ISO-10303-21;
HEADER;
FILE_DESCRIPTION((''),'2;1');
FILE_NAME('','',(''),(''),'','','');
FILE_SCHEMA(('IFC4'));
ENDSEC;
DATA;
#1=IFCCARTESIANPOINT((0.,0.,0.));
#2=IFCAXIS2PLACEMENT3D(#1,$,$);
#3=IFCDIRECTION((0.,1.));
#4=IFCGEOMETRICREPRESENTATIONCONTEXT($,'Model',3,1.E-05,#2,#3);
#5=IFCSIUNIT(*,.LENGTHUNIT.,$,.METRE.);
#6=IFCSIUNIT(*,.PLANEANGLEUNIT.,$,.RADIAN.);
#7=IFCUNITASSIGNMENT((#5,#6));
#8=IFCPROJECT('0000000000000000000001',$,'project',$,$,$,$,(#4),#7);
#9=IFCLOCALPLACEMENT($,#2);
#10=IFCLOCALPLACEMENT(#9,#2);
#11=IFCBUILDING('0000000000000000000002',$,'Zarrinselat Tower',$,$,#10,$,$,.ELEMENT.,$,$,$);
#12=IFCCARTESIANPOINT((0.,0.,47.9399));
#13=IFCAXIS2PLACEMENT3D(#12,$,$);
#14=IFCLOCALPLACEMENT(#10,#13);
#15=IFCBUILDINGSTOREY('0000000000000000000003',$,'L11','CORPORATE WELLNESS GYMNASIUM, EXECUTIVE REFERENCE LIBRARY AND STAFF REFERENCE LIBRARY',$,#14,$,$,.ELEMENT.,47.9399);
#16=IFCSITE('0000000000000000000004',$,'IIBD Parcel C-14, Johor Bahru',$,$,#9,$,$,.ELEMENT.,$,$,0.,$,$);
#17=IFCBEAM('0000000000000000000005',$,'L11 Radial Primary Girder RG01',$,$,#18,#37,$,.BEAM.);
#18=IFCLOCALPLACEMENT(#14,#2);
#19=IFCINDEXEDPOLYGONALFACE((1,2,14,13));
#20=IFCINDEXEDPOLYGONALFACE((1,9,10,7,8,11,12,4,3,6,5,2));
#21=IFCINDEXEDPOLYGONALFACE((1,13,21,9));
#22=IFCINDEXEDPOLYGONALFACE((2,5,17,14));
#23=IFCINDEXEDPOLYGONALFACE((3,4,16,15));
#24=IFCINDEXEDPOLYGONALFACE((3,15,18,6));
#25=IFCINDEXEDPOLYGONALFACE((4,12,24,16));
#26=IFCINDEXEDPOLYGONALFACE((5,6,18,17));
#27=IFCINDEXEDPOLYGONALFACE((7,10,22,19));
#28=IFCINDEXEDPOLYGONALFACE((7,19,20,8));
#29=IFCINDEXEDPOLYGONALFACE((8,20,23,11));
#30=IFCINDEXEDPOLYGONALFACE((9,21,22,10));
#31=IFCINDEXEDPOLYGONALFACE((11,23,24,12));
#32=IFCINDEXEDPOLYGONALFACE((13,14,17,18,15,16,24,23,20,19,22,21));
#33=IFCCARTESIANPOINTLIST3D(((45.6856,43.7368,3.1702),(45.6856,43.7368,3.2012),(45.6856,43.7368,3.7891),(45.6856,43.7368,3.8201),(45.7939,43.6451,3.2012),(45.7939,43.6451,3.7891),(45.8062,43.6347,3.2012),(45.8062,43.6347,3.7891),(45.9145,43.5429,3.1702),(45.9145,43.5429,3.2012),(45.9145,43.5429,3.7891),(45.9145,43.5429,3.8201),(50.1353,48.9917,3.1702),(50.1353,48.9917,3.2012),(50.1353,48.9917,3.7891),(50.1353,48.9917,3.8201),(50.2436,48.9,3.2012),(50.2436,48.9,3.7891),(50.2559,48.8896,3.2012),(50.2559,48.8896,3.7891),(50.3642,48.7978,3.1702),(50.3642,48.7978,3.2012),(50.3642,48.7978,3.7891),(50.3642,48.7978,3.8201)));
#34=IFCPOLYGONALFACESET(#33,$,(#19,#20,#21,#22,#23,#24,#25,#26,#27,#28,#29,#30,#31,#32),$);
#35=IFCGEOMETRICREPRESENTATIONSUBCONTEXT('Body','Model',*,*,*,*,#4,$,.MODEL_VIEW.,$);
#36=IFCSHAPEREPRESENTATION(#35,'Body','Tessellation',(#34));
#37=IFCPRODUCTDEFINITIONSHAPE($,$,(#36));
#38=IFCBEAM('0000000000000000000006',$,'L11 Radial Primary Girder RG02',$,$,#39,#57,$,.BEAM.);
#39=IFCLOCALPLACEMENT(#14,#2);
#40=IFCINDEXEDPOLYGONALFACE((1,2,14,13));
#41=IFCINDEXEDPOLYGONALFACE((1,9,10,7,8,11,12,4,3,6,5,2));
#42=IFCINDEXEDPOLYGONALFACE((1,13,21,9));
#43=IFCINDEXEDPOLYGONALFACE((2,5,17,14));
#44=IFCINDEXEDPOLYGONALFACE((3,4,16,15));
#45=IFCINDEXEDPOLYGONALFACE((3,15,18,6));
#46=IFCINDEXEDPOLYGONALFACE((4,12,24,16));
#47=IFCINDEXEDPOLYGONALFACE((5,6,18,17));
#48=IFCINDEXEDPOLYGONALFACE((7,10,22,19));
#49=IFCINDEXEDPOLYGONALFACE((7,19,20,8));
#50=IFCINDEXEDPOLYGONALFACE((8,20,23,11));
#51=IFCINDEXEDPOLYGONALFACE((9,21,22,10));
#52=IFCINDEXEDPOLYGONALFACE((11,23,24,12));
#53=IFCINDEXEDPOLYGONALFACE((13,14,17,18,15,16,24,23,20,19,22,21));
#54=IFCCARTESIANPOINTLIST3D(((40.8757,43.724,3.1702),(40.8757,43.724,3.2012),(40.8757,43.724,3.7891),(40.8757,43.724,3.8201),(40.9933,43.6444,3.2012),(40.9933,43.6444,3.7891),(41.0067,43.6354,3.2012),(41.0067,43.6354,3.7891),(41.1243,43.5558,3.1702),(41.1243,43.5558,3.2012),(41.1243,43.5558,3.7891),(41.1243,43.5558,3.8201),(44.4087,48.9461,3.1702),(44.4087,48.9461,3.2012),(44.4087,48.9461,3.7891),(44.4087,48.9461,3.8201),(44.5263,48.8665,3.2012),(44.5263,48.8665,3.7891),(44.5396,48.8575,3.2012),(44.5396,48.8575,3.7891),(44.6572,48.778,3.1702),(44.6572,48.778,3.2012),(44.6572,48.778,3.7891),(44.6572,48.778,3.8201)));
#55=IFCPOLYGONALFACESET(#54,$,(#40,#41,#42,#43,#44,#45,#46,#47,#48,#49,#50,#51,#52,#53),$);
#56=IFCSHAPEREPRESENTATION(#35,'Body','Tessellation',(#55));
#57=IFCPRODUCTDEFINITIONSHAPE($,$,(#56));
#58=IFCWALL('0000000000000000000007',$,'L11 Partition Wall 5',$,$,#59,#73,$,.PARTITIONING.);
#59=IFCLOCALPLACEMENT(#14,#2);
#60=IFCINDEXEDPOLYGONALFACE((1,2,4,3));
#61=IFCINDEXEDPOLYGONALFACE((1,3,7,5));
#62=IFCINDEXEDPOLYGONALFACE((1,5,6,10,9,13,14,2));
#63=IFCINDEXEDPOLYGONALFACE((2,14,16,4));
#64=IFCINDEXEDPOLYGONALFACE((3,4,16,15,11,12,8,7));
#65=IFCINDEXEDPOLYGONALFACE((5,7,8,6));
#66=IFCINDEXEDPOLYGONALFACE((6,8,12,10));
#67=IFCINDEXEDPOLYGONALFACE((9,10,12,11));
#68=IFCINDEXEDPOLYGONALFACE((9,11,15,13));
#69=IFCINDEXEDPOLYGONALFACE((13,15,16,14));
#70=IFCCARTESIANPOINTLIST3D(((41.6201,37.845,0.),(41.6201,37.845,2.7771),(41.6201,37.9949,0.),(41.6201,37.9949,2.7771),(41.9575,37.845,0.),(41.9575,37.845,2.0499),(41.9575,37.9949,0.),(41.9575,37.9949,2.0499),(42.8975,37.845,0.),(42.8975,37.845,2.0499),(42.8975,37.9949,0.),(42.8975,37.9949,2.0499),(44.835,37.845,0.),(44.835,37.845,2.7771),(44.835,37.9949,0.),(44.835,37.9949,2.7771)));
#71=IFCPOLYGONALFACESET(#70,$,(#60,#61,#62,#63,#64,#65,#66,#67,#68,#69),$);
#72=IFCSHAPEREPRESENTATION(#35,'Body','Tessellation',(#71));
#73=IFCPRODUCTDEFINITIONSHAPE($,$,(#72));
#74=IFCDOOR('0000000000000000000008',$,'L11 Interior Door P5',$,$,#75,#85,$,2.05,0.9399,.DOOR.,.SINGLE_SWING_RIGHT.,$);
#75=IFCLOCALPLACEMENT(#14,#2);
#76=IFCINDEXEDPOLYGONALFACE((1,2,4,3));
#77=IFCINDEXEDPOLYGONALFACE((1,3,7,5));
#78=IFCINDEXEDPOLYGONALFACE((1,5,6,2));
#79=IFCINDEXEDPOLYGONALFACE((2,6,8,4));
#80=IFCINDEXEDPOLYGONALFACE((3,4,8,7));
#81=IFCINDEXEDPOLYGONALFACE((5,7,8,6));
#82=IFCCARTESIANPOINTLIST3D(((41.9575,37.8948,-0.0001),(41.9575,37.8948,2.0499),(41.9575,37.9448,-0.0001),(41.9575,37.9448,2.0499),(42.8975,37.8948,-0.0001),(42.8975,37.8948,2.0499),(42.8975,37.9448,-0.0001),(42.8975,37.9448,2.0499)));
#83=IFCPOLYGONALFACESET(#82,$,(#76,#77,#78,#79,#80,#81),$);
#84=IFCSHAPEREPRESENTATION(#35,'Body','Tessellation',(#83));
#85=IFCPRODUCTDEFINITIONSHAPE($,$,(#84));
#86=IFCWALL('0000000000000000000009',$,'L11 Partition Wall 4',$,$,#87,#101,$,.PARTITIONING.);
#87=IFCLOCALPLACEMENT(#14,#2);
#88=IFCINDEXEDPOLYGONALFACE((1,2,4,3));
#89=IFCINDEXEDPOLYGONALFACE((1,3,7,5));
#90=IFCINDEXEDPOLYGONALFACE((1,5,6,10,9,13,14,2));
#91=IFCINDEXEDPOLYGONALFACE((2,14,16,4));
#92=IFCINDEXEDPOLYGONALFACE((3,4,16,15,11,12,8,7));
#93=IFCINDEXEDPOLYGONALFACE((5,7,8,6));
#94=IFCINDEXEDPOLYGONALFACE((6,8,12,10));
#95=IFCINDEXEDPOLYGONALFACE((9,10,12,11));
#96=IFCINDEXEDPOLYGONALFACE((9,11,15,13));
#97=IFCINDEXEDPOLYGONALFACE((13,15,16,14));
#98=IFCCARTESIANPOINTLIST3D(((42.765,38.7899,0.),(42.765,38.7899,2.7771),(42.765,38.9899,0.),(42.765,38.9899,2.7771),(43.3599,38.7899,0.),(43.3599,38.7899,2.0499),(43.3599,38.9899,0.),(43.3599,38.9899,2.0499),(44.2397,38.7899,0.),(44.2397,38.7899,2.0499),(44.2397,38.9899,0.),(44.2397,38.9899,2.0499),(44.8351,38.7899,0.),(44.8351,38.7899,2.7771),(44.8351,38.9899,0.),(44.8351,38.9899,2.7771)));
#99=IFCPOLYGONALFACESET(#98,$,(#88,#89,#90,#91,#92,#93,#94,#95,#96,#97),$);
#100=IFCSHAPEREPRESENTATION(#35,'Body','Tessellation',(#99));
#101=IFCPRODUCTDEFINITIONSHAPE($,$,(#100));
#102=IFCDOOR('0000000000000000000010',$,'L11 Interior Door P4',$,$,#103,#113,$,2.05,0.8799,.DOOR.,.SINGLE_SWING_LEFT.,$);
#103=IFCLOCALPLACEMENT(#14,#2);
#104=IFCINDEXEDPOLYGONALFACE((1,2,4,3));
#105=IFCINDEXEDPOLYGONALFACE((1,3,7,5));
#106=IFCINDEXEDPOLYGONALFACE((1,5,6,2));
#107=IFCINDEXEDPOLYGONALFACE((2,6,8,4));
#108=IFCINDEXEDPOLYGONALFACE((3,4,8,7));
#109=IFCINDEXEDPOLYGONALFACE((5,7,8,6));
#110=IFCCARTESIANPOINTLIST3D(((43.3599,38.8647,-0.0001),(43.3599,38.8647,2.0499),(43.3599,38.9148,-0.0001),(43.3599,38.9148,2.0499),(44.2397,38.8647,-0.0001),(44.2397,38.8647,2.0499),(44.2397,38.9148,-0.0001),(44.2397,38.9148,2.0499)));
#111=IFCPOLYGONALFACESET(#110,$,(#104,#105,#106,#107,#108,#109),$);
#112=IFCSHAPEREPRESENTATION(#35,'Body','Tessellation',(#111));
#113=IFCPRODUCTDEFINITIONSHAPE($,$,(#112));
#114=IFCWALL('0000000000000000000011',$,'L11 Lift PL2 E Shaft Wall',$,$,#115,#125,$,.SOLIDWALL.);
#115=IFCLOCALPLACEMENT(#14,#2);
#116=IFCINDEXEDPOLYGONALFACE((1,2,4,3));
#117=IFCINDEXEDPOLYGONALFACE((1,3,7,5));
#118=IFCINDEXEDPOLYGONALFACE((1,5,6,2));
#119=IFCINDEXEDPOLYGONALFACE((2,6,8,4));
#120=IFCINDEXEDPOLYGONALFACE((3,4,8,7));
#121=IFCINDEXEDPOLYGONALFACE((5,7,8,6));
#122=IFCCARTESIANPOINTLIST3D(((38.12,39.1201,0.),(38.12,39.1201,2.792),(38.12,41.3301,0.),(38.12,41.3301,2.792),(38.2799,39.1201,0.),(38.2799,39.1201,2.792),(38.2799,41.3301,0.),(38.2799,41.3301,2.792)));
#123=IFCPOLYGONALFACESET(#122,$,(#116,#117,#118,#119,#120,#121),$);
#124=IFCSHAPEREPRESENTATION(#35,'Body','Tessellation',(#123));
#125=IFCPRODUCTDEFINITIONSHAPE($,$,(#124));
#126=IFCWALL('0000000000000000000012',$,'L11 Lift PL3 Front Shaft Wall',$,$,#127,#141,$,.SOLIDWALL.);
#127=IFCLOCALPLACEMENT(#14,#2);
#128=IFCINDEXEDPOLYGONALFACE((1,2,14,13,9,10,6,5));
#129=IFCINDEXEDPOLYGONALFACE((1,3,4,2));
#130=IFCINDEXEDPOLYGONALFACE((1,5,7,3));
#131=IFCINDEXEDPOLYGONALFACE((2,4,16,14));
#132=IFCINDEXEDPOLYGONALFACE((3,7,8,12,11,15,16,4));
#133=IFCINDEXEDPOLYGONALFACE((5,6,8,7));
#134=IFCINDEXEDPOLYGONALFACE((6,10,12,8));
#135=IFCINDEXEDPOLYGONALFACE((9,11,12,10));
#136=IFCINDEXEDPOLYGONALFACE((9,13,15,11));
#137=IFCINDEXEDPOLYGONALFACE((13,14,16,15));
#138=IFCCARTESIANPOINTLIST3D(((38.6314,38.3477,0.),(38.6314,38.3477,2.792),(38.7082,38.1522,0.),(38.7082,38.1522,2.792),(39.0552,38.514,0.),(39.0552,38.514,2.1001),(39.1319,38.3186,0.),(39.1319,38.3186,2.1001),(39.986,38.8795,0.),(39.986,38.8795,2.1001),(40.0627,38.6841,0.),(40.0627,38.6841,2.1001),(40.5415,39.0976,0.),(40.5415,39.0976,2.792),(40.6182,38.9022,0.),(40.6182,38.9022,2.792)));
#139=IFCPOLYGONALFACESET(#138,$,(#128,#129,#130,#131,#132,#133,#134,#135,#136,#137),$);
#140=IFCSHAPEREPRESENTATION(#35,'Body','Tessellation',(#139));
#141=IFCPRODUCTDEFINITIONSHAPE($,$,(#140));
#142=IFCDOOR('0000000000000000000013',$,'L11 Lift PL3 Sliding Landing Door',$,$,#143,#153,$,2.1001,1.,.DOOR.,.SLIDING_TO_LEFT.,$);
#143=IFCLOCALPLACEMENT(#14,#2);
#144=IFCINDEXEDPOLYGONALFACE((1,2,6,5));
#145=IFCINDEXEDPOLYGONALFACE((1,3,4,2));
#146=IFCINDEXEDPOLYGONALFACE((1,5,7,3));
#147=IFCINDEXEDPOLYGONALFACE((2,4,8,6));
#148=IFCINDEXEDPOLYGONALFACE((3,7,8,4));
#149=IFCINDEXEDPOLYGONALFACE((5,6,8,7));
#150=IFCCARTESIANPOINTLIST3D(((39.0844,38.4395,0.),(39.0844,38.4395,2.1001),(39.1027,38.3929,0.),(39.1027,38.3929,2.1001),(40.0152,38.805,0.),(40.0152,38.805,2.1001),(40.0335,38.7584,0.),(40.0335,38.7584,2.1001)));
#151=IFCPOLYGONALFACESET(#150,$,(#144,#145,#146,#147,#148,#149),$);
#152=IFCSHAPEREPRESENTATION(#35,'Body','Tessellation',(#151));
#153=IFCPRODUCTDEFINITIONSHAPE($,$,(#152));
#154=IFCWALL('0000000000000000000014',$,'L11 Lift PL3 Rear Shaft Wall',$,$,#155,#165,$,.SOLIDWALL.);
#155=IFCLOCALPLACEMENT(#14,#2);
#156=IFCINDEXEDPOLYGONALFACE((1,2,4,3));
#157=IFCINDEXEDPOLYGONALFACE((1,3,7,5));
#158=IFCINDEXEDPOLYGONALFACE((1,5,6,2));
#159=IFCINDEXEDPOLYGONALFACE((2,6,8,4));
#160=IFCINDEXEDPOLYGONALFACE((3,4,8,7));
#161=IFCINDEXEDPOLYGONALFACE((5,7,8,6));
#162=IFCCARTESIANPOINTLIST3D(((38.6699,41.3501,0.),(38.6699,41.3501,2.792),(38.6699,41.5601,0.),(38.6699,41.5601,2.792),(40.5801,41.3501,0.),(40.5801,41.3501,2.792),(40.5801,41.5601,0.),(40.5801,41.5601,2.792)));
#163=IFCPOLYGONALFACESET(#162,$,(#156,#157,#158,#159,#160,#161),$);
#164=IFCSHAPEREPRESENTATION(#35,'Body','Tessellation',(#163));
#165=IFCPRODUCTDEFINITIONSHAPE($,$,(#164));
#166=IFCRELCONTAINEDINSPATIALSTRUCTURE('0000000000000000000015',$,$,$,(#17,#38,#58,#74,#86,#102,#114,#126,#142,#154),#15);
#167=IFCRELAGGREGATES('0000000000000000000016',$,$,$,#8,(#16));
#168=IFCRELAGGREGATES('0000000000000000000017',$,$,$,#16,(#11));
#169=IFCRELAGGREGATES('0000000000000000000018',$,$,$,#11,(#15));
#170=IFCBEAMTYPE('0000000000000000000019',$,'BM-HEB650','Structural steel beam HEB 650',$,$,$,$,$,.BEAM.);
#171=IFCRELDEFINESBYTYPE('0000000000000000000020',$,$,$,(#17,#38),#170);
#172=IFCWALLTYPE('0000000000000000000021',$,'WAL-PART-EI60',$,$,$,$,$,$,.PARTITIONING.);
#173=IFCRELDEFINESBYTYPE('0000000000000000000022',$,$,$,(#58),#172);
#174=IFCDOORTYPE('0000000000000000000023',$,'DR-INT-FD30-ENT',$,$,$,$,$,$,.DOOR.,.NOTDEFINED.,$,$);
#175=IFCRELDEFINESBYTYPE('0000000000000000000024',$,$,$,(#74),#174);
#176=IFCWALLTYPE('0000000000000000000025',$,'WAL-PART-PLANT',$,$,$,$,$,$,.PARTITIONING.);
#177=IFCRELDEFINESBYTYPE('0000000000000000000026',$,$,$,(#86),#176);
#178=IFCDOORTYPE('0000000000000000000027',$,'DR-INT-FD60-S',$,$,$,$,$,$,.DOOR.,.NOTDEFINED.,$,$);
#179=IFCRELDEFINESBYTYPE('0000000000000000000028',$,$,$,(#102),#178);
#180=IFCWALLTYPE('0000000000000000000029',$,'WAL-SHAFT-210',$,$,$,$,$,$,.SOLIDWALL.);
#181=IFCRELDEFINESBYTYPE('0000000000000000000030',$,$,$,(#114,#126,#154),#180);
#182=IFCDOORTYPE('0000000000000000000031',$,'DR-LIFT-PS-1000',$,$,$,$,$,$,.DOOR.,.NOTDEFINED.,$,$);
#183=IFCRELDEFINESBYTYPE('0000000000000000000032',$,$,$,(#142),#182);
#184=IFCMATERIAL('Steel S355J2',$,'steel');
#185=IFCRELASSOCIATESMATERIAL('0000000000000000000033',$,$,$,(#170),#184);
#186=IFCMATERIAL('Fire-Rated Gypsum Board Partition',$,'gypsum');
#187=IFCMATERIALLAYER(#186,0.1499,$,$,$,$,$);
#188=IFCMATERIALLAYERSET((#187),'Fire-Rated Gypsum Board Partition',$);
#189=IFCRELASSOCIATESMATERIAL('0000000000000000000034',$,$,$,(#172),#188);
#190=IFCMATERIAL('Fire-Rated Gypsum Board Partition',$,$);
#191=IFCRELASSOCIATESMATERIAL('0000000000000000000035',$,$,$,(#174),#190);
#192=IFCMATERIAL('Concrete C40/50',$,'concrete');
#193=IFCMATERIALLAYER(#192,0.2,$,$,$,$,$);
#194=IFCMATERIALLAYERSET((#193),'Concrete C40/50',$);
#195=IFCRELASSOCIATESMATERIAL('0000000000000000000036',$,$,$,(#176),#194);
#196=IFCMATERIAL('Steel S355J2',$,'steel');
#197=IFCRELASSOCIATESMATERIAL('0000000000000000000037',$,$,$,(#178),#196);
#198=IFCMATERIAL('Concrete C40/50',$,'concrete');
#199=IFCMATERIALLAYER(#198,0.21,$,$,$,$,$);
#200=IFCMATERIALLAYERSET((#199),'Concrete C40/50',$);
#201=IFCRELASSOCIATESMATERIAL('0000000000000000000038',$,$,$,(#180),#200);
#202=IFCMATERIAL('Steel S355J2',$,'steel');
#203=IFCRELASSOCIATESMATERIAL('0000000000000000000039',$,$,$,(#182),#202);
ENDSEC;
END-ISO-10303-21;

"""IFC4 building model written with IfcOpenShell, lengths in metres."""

from ifc_helpers import new_model, si_unit, direction, frame, frame_2d, origin, origin_2d, place, context, subcontext, project, spatial, rectangle, i_section, extrude, material, layer, layer_set, material_profile, profile_set, type_object, element, fill, save


model = new_model("IFC4")

# Units and contexts
model_context = context("Model", 3, precision=1e-05, world=origin(), true_north=direction((0.0, 1.0)))
body_context = subcontext(model_context, "Body", "Model", "MODEL_VIEW")
ifc_project = project(units=[si_unit("LENGTHUNIT", "METRE"), si_unit("PLANEANGLEUNIT", "RADIAN")], contexts=[model_context])

# Site, building, storey
site_placement = place(None, origin())
site = spatial("IfcSite", under=ifc_project, at=site_placement, Name="IIBD Parcel C-14, Johor Bahru", CompositionType="ELEMENT", RefElevation=0.0)
building_placement = place(site_placement, origin())
building = spatial("IfcBuilding", under=site, at=building_placement, Name="Zarrinselat Tower", CompositionType="ELEMENT")
storey_placement = place(building_placement, frame((0.0, 0.0, 47.9399)))
storey = spatial("IfcBuildingStorey", under=building, at=storey_placement, Name="L11", Description="CORPORATE WELLNESS GYMNASIUM, EXECUTIVE REFERENCE LIBRARY AND STAFF REFERENCE LIBRARY", CompositionType="ELEMENT", Elevation=47.9399)

# Beams
ifc_material_1 = material(Name="Steel S355J2", Category="steel")
ifc_material_profile = material_profile(ifc_material_1, i_section(OverallWidth=0.3, OverallDepth=0.6499, WebThickness=0.0161, FlangeThickness=0.031, at=origin_2d()), Name="HEB 650")
ifc_profile_set = profile_set([ifc_material_profile], Name="Steel S355J2")
beam_type = type_object("IfcBeamType", Name="BM-HEB650", Description="Structural steel beam HEB 650", PredefinedType="BEAM", material=ifc_profile_set)
beam_1_placement = place(storey_placement, frame((45.8, 43.6399, 3.4951), z_axis=(0.646219, 0.763152, 0.0), x_axis=(-0.763152, 0.646219, 0.0)))
element("IfcBeam", 1, at=beam_1_placement, inside=storey, type_object=beam_type, Name="L11 Radial Primary Girder RG01", PredefinedType="BEAM", context=body_context, shape_type="SweptSolid", body=[
    extrude(i_section(OverallWidth=0.3, OverallDepth=0.6499, WebThickness=0.0161, FlangeThickness=0.031, at=origin_2d()), origin(), (0.0, 0.0, 1.0), 6.8857),
])
beam_2_placement = place(storey_placement, frame((41.0, 43.6399, 3.4951), z_axis=(0.560344, 0.82826, 0.0), x_axis=(-0.82826, 0.560344, 0.0)))
element("IfcBeam", 2, at=beam_2_placement, inside=storey, type_object=beam_type, Name="L11 Radial Primary Girder RG02", PredefinedType="BEAM", context=body_context, shape_type="SweptSolid", body=[
    extrude(i_section(OverallWidth=0.3, OverallDepth=0.6499, WebThickness=0.0161, FlangeThickness=0.031, at=origin_2d()), origin(), (0.0, 0.0, 1.0), 6.3049),
])

# Walls, openings, doors
ifc_material_2 = material(Name="Fire-Rated Gypsum Board Partition", Category="gypsum")
ifc_layer_1 = layer(ifc_material_2, 0.1499)
ifc_layer_set_1 = layer_set([ifc_layer_1], Name="Fire-Rated Gypsum Board Partition")
wall_type_1 = type_object("IfcWallType", Name="WAL-PART-EI60", PredefinedType="PARTITIONING", material=ifc_layer_set_1)
wall_1_placement = place(storey_placement, frame((41.6201, 37.9199, 0.0), z_axis=(0.0, 0.0, 1.0), x_axis=(1.0, 0.0, 0.0)))
wall_1 = element("IfcWall", 3, at=wall_1_placement, inside=storey, type_object=wall_type_1, Name="L11 Partition Wall 5", PredefinedType="PARTITIONING", context=body_context, shape_type="SweptSolid", body=[
    extrude(rectangle(XDim=3.2148, YDim=0.1499, at=frame_2d((1.6074, 0.0))), origin(), (0.0, 0.0, 1.0), 2.7771),
])
opening_1_placement = place(wall_1_placement, frame((0.3374, 0.0, 0.0)))
opening_1 = element("IfcOpeningElement", 4, at=opening_1_placement, cuts=wall_1, PredefinedType="OPENING", context=body_context, shape_type="SweptSolid", body=[
    extrude(rectangle(XDim=0.9399, YDim=2.05, at=frame_2d((0.47, 1.0249))), frame((0.0, 0.085, 0.0), z_axis=(0.0, -1.0, 0.0), x_axis=(1.0, 0.0, 0.0)), (0.0, 0.0, 1.0), 0.1699),
])
ifc_material_3 = material(Name="Fire-Rated Gypsum Board Partition")
door_type_1 = type_object("IfcDoorType", Name="DR-INT-FD30-ENT", OperationType="NOTDEFINED", PredefinedType="DOOR", material=ifc_material_3)
door_1_placement = place(opening_1_placement, origin())
door_1 = element("IfcDoor", 5, at=door_1_placement, inside=storey, type_object=door_type_1, Name="L11 Interior Door P5", OperationType="SINGLE_SWING_RIGHT", OverallHeight=2.05, OverallWidth=0.9399, PredefinedType="DOOR", context=body_context, shape_type="SweptSolid", body=[
    extrude(rectangle(XDim=0.9399, YDim=2.05, at=frame_2d((0.47, 1.0249))), frame((0.0, 0.0249, 0.0), z_axis=(0.0, -1.0, 0.0), x_axis=(1.0, 0.0, 0.0)), (0.0, 0.0, 1.0), 0.05),
])
fill(opening_1, door_1)
ifc_material_4 = material(Name="Concrete C40/50", Category="concrete")
ifc_layer_2 = layer(ifc_material_4, 0.2)
ifc_layer_set_2 = layer_set([ifc_layer_2], Name="Concrete C40/50")
wall_type_2 = type_object("IfcWallType", Name="WAL-PART-PLANT", PredefinedType="PARTITIONING", material=ifc_layer_set_2)
wall_2_placement = place(storey_placement, frame((42.7649, 38.8899, 0.0), z_axis=(0.0, 0.0, 1.0), x_axis=(1.0, 0.0, 0.0)))
wall_2 = element("IfcWall", 6, at=wall_2_placement, inside=storey, type_object=wall_type_2, Name="L11 Partition Wall 4", PredefinedType="PARTITIONING", context=body_context, shape_type="SweptSolid", body=[
    extrude(rectangle(XDim=2.0701, YDim=0.2, at=frame_2d((1.0352, 0.0))), origin(), (0.0, 0.0, 1.0), 2.7771),
])
opening_2_placement = place(wall_2_placement, frame((0.595, 0.0, 0.0)))
opening_2 = element("IfcOpeningElement", 7, at=opening_2_placement, cuts=wall_2, PredefinedType="OPENING", context=body_context, shape_type="SweptSolid", body=[
    extrude(rectangle(XDim=0.8799, YDim=2.05, at=frame_2d((0.4399, 1.0249))), frame((0.0, 0.1099, 0.0), z_axis=(0.0, -1.0, 0.0), x_axis=(1.0, 0.0, 0.0)), (0.0, 0.0, 1.0), 0.22),
])
ifc_material_5 = material(Name="Steel S355J2", Category="steel")
door_type_2 = type_object("IfcDoorType", Name="DR-INT-FD60-S", OperationType="NOTDEFINED", PredefinedType="DOOR", material=ifc_material_5)
door_2_placement = place(opening_2_placement, origin())
door_2 = element("IfcDoor", 8, at=door_2_placement, inside=storey, type_object=door_type_2, Name="L11 Interior Door P4", OperationType="SINGLE_SWING_LEFT", OverallHeight=2.05, OverallWidth=0.8799, PredefinedType="DOOR", context=body_context, shape_type="SweptSolid", body=[
    extrude(rectangle(XDim=0.8799, YDim=2.05, at=frame_2d((0.4399, 1.0249))), frame((0.0, 0.0249, 0.0), z_axis=(0.0, -1.0, 0.0), x_axis=(1.0, 0.0, 0.0)), (0.0, 0.0, 1.0), 0.05),
])
fill(opening_2, door_2)

# Wall
ifc_material_6 = material(Name="Concrete C40/50", Category="concrete")
ifc_layer_3 = layer(ifc_material_6, 0.21)
ifc_layer_set_3 = layer_set([ifc_layer_3], Name="Concrete C40/50")
wall_type_3 = type_object("IfcWallType", Name="WAL-SHAFT-210", PredefinedType="SOLIDWALL", material=ifc_layer_set_3)
wall_3_placement = place(storey_placement, frame((38.2, 39.1201, 0.0), z_axis=(0.0, 0.0, 1.0), x_axis=(0.0, 1.0, 0.0)))
element("IfcWall", 9, at=wall_3_placement, inside=storey, type_object=wall_type_3, Name="L11 Lift PL2 E Shaft Wall", PredefinedType="SOLIDWALL", context=body_context, shape_type="SweptSolid", body=[
    extrude(rectangle(XDim=2.21, YDim=0.1599, at=frame_2d((1.105, 0.0))), origin(), (0.0, 0.0, 1.0), 2.792),
])

# Wall, opening, door
wall_4_placement = place(storey_placement, frame((38.6699, 38.25, 0.0), z_axis=(0.0, 0.0, 1.0), x_axis=(0.930821, 0.365476, 0.0)))
wall_4 = element("IfcWall", 10, at=wall_4_placement, inside=storey, type_object=wall_type_3, Name="L11 Lift PL3 Front Shaft Wall", PredefinedType="SOLIDWALL", context=body_context, shape_type="SweptSolid", body=[
    extrude(rectangle(XDim=2.052, YDim=0.21, at=frame_2d((1.0259, 0.0))), origin(), (0.0, 0.0, 1.0), 2.792),
])
opening_3_placement = place(wall_4_placement, frame((0.4551, 0.0, 0.0)))
opening_3 = element("IfcOpeningElement", 11, at=opening_3_placement, cuts=wall_4, PredefinedType="OPENING", context=body_context, shape_type="SweptSolid", body=[
    extrude(rectangle(XDim=1.0, YDim=2.1001, at=frame_2d((0.5, 1.05))), frame((0.0, 0.115, 0.0), z_axis=(0.0, -1.0, 0.0), x_axis=(1.0, 0.0, 0.0)), (0.0, 0.0, 1.0), 0.23),
])
ifc_material_7 = material(Name="Steel S355J2", Category="steel")
door_type_3 = type_object("IfcDoorType", Name="DR-LIFT-PS-1000", OperationType="NOTDEFINED", PredefinedType="DOOR", material=ifc_material_7)
door_3_placement = place(opening_3_placement, origin())
door_3 = element("IfcDoor", 12, at=door_3_placement, inside=storey, type_object=door_type_3, Name="L11 Lift PL3 Sliding Landing Door", OperationType="SLIDING_TO_LEFT", OverallHeight=2.1001, OverallWidth=1.0, PredefinedType="DOOR", context=body_context, shape_type="SweptSolid", body=[
    extrude(rectangle(XDim=1.0, YDim=2.1001, at=frame_2d((0.5, 1.05))), frame((0.0, 0.0249, 0.0), z_axis=(0.0, -1.0, 0.0), x_axis=(1.0, 0.0, 0.0)), (0.0, 0.0, 1.0), 0.05),
])
fill(opening_3, door_3)

# Wall
wall_5_placement = place(storey_placement, frame((38.6699, 41.4551, 0.0), z_axis=(0.0, 0.0, 1.0), x_axis=(1.0, 0.0, 0.0)))
element("IfcWall", 13, at=wall_5_placement, inside=storey, type_object=wall_type_3, Name="L11 Lift PL3 Rear Shaft Wall", PredefinedType="SOLIDWALL", context=body_context, shape_type="SweptSolid", body=[
    extrude(rectangle(XDim=1.9102, YDim=0.21, at=frame_2d((0.9551, 0.0))), origin(), (0.0, 0.0, 1.0), 2.792),
])

save(model, "model.ifc")
